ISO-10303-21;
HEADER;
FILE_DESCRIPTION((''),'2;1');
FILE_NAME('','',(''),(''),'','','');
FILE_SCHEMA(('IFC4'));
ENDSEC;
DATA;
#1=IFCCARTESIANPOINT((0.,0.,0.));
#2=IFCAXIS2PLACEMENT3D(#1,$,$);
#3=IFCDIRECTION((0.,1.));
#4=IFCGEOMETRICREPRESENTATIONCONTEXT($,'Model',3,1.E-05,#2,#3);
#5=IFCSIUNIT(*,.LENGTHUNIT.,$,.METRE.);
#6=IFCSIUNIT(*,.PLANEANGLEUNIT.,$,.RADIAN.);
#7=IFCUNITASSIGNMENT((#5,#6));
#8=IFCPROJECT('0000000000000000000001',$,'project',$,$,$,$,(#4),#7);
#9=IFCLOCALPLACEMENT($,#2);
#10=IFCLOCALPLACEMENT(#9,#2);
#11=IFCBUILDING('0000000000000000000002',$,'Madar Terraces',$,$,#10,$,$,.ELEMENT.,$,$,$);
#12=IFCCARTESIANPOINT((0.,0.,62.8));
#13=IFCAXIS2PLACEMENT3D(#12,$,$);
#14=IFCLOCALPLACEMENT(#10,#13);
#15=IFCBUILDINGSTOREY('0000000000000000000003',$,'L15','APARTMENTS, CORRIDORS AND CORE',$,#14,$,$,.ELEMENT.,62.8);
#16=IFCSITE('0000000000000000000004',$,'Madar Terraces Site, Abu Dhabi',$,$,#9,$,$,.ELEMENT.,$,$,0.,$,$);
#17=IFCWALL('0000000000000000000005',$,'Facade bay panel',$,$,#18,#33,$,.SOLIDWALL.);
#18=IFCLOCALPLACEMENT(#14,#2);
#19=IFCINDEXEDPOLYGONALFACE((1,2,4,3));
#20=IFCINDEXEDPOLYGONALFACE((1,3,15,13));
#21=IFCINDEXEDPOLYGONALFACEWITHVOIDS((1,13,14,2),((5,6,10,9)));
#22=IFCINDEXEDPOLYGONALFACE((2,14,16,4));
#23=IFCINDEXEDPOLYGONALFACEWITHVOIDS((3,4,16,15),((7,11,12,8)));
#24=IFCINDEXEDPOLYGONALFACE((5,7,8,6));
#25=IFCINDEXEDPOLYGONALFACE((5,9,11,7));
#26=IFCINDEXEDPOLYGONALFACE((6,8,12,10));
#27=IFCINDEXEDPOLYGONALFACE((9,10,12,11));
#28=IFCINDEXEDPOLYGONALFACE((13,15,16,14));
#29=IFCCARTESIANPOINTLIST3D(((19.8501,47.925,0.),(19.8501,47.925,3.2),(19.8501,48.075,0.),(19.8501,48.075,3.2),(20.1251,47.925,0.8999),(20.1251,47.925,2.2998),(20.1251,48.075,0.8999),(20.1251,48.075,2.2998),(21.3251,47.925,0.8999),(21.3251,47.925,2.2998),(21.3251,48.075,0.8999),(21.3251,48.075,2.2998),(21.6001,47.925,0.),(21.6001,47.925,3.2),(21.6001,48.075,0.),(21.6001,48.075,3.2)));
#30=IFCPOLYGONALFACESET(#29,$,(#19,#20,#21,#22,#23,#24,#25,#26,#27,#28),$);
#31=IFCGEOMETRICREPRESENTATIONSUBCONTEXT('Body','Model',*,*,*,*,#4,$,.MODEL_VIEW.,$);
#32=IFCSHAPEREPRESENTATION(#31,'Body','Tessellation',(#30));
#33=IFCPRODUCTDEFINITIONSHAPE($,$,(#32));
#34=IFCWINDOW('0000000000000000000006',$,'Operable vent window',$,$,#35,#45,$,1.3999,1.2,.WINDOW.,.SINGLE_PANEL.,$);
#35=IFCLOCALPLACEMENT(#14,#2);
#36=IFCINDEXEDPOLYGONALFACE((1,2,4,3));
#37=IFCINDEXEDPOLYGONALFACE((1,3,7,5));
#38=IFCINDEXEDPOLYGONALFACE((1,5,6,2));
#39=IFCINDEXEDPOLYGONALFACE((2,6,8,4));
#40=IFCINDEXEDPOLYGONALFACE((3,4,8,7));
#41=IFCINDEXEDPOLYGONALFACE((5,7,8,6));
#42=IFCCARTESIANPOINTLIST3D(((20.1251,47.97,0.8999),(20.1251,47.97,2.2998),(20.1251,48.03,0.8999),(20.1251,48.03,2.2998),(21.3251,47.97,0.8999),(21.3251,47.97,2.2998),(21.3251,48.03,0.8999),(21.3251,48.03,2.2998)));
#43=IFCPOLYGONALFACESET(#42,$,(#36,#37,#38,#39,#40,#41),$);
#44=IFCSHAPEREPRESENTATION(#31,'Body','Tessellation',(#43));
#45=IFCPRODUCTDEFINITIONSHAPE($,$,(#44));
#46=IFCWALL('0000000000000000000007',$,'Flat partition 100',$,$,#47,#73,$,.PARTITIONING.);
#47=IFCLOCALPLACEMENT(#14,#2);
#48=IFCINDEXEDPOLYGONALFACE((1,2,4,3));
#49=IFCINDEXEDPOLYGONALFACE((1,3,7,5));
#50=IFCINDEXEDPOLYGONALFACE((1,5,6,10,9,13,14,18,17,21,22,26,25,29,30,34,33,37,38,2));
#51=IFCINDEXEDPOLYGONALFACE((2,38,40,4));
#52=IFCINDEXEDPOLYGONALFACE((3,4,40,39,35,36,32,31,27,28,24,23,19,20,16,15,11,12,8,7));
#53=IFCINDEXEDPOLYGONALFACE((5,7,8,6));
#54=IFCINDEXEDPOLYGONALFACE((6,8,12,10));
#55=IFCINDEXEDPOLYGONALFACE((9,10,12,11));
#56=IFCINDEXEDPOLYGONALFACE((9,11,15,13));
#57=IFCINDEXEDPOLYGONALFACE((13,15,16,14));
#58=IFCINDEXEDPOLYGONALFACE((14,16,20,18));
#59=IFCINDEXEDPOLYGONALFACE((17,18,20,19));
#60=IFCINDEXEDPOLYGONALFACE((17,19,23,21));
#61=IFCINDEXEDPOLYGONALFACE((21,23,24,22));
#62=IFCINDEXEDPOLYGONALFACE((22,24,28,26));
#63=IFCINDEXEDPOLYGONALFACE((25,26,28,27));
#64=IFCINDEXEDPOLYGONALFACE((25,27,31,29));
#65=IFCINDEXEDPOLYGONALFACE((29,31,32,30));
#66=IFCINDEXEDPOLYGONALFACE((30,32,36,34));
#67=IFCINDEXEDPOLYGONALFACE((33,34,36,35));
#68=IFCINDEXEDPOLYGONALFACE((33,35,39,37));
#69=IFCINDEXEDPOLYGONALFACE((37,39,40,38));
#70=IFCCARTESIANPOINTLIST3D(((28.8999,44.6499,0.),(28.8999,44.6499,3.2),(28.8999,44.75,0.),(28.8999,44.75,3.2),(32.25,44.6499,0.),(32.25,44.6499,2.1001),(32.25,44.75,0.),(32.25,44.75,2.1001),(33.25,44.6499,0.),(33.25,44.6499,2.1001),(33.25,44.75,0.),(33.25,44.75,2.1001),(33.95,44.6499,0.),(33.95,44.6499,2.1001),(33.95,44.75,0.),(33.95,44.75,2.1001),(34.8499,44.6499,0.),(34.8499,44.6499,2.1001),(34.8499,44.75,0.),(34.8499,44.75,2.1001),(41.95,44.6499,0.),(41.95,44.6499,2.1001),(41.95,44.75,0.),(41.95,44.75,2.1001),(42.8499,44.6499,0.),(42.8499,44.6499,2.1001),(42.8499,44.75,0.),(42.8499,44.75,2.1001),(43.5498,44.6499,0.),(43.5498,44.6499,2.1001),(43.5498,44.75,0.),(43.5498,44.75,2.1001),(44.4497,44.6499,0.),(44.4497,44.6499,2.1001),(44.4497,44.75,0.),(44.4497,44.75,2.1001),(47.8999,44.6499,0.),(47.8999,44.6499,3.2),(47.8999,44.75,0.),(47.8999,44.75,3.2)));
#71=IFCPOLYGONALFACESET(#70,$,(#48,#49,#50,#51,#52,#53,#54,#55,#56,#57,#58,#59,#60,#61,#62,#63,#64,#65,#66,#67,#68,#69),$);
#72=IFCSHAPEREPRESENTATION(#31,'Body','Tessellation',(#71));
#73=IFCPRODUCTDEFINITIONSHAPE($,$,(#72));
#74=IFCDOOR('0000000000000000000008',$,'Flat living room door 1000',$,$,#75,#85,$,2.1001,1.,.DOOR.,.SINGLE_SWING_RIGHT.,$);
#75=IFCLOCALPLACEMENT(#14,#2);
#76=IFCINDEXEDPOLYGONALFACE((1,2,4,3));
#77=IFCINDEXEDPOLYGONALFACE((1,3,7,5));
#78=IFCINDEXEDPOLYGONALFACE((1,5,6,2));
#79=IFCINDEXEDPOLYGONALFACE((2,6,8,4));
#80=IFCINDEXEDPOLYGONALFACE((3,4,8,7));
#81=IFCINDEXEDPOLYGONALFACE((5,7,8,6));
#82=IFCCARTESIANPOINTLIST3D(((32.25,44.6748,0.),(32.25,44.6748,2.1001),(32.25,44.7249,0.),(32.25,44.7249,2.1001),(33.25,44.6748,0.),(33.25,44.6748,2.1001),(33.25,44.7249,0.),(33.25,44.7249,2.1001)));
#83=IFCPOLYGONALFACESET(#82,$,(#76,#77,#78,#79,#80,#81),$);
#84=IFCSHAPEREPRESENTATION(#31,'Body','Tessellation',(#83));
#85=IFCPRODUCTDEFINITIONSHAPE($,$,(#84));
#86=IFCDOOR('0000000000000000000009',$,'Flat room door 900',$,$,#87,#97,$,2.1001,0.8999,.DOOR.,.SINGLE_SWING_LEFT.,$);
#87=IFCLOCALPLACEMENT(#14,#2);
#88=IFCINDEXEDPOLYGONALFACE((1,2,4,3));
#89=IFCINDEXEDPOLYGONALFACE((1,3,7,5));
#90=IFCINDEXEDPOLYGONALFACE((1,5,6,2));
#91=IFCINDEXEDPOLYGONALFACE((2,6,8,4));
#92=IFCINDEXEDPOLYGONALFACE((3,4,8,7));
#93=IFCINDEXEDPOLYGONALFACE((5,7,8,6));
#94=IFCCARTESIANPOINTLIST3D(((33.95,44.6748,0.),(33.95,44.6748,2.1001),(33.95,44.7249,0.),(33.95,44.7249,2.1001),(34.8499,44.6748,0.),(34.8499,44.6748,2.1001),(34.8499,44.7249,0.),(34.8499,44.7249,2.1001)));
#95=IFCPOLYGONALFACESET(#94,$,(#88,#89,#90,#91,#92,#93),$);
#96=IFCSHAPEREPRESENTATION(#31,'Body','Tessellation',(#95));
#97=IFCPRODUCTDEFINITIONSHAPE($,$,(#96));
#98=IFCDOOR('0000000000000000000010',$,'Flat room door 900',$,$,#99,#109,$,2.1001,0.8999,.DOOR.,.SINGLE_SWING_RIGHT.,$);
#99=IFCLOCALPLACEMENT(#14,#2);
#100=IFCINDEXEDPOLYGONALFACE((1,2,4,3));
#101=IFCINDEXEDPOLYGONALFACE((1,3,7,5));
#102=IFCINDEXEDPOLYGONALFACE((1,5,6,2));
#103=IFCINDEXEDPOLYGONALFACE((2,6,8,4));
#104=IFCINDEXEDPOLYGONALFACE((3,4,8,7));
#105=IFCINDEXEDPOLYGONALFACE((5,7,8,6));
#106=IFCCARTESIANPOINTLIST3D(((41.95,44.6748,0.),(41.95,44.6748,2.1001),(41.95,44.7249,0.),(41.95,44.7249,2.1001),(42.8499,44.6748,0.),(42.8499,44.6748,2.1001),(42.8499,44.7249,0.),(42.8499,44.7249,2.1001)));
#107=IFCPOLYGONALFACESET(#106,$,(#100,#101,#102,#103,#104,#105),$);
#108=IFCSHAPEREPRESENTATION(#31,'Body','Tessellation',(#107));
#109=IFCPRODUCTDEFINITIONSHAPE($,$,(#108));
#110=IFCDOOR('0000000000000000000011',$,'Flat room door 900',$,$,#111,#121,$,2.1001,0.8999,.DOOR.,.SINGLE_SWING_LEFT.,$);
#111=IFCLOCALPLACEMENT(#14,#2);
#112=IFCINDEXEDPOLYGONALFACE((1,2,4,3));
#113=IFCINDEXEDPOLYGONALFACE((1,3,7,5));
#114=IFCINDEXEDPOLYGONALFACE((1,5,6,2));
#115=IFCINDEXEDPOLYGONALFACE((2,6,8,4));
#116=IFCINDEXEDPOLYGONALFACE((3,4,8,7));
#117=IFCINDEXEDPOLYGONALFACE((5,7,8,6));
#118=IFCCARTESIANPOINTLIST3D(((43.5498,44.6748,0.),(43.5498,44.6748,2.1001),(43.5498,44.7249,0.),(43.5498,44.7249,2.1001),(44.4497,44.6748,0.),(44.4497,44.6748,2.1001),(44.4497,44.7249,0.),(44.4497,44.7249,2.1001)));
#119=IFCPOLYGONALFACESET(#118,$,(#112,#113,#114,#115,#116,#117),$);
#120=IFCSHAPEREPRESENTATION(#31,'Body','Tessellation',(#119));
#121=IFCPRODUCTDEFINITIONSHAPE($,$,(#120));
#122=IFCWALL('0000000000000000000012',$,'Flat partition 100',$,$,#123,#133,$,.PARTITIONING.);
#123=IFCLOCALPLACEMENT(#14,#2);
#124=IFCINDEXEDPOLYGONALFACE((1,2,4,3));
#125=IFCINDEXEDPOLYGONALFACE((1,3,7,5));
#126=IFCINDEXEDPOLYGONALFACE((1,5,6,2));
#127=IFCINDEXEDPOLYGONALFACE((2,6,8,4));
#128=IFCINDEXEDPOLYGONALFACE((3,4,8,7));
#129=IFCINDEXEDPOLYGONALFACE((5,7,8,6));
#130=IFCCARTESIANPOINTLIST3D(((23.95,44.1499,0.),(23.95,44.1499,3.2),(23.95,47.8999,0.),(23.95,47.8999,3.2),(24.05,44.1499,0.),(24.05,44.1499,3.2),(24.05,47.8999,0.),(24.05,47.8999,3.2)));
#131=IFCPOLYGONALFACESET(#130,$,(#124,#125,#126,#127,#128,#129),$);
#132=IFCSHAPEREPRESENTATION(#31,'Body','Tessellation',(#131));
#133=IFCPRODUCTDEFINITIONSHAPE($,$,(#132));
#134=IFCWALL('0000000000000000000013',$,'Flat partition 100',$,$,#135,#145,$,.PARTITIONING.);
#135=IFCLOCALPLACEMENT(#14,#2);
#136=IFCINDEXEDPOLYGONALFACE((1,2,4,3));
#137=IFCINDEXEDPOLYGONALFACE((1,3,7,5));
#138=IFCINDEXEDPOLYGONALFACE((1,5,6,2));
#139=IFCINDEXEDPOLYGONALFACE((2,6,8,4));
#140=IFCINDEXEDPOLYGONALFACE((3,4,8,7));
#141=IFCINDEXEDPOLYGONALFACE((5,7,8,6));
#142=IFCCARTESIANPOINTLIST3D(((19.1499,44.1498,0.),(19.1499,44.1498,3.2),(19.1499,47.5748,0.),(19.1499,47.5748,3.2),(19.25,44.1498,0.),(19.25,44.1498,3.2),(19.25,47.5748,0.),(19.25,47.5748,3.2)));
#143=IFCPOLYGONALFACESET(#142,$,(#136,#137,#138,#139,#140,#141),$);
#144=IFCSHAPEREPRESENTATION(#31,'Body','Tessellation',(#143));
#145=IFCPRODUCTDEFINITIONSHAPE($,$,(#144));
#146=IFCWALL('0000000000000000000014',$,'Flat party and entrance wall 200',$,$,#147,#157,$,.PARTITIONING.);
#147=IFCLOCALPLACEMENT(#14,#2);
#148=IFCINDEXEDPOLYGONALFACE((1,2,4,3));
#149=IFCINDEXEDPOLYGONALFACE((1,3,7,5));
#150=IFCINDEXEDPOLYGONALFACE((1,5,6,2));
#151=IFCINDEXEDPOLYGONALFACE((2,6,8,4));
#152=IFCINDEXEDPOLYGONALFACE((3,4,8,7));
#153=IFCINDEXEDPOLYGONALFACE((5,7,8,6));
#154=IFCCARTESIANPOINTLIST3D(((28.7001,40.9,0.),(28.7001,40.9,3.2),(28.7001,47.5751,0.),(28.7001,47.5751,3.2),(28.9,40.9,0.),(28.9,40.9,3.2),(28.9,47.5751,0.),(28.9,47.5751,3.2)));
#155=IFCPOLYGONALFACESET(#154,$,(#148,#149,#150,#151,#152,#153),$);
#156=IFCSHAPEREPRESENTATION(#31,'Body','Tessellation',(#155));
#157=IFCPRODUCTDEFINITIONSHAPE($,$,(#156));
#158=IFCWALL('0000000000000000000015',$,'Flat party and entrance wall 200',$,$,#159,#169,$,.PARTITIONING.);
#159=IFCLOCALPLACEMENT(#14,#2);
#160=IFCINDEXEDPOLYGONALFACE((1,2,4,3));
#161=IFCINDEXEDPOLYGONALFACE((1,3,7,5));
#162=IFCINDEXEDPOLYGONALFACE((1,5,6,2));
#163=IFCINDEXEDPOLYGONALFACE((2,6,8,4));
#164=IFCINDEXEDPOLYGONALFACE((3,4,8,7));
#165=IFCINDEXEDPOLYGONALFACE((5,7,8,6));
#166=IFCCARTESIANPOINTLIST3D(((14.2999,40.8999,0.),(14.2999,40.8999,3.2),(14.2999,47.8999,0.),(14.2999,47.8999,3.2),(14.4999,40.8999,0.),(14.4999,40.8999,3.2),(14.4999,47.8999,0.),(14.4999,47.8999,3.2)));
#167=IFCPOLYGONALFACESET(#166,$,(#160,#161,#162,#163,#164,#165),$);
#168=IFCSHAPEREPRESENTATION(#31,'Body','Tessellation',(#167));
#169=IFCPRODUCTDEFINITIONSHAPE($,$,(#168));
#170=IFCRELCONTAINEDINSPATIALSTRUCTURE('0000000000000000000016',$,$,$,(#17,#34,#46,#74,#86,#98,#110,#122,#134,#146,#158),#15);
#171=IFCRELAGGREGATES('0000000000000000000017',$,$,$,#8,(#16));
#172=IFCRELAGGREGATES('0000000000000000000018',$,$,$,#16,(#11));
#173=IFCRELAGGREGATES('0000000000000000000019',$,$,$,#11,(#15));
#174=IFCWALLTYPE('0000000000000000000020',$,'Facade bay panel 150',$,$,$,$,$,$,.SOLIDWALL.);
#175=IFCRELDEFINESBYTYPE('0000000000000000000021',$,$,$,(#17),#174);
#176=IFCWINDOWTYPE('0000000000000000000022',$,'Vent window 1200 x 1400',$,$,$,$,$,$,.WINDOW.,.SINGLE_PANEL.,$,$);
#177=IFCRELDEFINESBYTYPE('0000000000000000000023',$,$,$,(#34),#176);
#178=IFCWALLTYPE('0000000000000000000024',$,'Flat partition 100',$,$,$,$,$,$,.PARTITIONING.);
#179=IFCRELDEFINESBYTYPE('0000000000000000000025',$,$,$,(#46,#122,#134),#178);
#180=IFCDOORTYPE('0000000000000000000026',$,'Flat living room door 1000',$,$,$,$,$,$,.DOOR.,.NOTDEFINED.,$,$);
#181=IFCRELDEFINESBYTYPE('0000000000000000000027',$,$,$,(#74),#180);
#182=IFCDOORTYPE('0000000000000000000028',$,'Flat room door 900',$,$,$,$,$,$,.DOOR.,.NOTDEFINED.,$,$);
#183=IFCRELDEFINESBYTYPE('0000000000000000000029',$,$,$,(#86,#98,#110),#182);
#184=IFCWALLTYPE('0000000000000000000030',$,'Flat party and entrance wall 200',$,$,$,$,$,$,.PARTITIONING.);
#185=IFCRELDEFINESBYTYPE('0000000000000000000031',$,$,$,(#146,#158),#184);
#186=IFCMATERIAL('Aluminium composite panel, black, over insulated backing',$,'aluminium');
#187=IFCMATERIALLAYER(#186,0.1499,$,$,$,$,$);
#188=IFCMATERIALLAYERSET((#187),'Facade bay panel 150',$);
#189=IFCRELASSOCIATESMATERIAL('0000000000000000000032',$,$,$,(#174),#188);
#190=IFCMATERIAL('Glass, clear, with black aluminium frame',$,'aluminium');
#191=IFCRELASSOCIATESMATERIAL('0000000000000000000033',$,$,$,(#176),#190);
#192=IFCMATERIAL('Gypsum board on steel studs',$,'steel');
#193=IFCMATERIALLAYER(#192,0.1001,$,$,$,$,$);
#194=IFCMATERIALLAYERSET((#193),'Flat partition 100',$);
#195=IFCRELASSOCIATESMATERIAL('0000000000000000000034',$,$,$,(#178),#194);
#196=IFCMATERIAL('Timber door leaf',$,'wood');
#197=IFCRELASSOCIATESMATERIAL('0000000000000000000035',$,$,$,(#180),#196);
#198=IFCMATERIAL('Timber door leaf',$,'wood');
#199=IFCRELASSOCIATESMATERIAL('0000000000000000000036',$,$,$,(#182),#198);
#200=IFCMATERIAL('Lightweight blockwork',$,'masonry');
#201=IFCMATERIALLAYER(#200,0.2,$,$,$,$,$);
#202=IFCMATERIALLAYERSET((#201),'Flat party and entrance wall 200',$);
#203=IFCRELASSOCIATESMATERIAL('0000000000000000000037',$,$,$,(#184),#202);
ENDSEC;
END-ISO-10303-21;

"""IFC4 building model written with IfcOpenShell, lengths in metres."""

from ifc_helpers import new_model, si_unit, direction, frame, frame_2d, origin, place, context, subcontext, project, spatial, rectangle, extrude, material, layer, layer_set, type_object, element, fill, save


model = new_model("IFC4")

# Units and contexts
model_context = context("Model", 3, precision=1e-05, world=origin(), true_north=direction((0.0, 1.0)))
body_context = subcontext(model_context, "Body", "Model", "MODEL_VIEW")
ifc_project = project(units=[si_unit("LENGTHUNIT", "METRE"), si_unit("PLANEANGLEUNIT", "RADIAN")], contexts=[model_context])

# Site, building, storey
site_placement = place(None, origin())
site = spatial("IfcSite", under=ifc_project, at=site_placement, Name="Madar Terraces Site, Abu Dhabi", CompositionType="ELEMENT", RefElevation=0.0)
building_placement = place(site_placement, origin())
building = spatial("IfcBuilding", under=site, at=building_placement, Name="Madar Terraces", CompositionType="ELEMENT")
storey_placement = place(building_placement, frame((0.0, 0.0, 62.8)))
storey = spatial("IfcBuildingStorey", under=building, at=storey_placement, Name="L15", Description="APARTMENTS, CORRIDORS AND CORE", CompositionType="ELEMENT", Elevation=62.8)

# Wall, opening, window
ifc_material_1 = material(Name="Aluminium composite panel, black, over insulated backing", Category="aluminium")
ifc_layer_1 = layer(ifc_material_1, 0.1499)
ifc_layer_set_1 = layer_set([ifc_layer_1], Name="Facade bay panel 150")
wall_type_1 = type_object("IfcWallType", Name="Facade bay panel 150", PredefinedType="SOLIDWALL", material=ifc_layer_set_1)
ifc_material_2 = material(Name="Glass, clear, with black aluminium frame", Category="aluminium")
window_type = type_object("IfcWindowType", Name="Vent window 1200 x 1400", PartitioningType="SINGLE_PANEL", PredefinedType="WINDOW", material=ifc_material_2)
wall_1_placement = place(storey_placement, frame((21.6001, 48.0, 0.0), z_axis=(0.0, 0.0, 1.0), x_axis=(-1.0, 0.0, 0.0)))
wall_1 = element("IfcWall", 1, at=wall_1_placement, inside=storey, type_object=wall_type_1, Name="Facade bay panel", PredefinedType="SOLIDWALL", context=body_context, shape_type="SweptSolid", body=[
    extrude(rectangle(XDim=1.75, YDim=0.1499, at=frame_2d((0.875, 0.0))), origin(), (0.0, 0.0, 1.0), 3.2),
])
opening_1_placement = place(wall_1_placement, frame((0.2749, 0.0, 0.8999)))
opening_1 = element("IfcOpeningElement", 2, at=opening_1_placement, cuts=wall_1, PredefinedType="OPENING", context=body_context, shape_type="SweptSolid", body=[
    extrude(rectangle(XDim=1.2, YDim=1.3999, at=frame_2d((0.6001, 0.7))), frame((0.0, 0.085, 0.0), z_axis=(0.0, -1.0, 0.0), x_axis=(1.0, 0.0, 0.0)), (0.0, 0.0, 1.0), 0.1699),
])
window_1_placement = place(opening_1_placement, origin())
window_1 = element("IfcWindow", 3, at=window_1_placement, inside=storey, type_object=window_type, Name="Operable vent window", OverallHeight=1.3999, OverallWidth=1.2, PartitioningType="SINGLE_PANEL", PredefinedType="WINDOW", context=body_context, shape_type="SweptSolid", body=[
    extrude(rectangle(XDim=1.2, YDim=1.3999, at=frame_2d((0.6001, 0.7))), frame((0.0, 0.03, 0.0), z_axis=(0.0, -1.0, 0.0), x_axis=(1.0, 0.0, 0.0)), (0.0, 0.0, 1.0), 0.0601),
])
fill(opening_1, window_1)

# Wall, openings, doors
ifc_material_3 = material(Name="Gypsum board on steel studs", Category="steel")
ifc_layer_2 = layer(ifc_material_3, 0.1001)
ifc_layer_set_2 = layer_set([ifc_layer_2], Name="Flat partition 100")
wall_type_2 = type_object("IfcWallType", Name="Flat partition 100", PredefinedType="PARTITIONING", material=ifc_layer_set_2)
wall_2_placement = place(storey_placement, frame((28.8999, 44.7, 0.0), z_axis=(0.0, 0.0, 1.0), x_axis=(1.0, 0.0, 0.0)))
wall_2 = element("IfcWall", 4, at=wall_2_placement, inside=storey, type_object=wall_type_2, Name="Flat partition 100", PredefinedType="PARTITIONING", context=body_context, shape_type="SweptSolid", body=[
    extrude(rectangle(XDim=19.0, YDim=0.1001, at=frame_2d((9.5, 0.0))), origin(), (0.0, 0.0, 1.0), 3.2),
])
opening_2_placement = place(wall_2_placement, frame((3.3501, 0.0, 0.0)))
opening_2 = element("IfcOpeningElement", 5, at=opening_2_placement, cuts=wall_2, PredefinedType="OPENING", context=body_context, shape_type="SweptSolid", body=[
    extrude(rectangle(XDim=1.0, YDim=2.1001, at=frame_2d((0.5, 1.05))), frame((0.0, 0.0601, 0.0), z_axis=(0.0, -1.0, 0.0), x_axis=(1.0, 0.0, 0.0)), (0.0, 0.0, 1.0), 0.1201),
])
opening_3_placement = place(wall_2_placement, frame((5.05, 0.0, 0.0)))
opening_3 = element("IfcOpeningElement", 6, at=opening_3_placement, cuts=wall_2, PredefinedType="OPENING", context=body_context, shape_type="SweptSolid", body=[
    extrude(rectangle(XDim=0.8999, YDim=2.1001, at=frame_2d((0.45, 1.05))), frame((0.0, 0.0601, 0.0), z_axis=(0.0, -1.0, 0.0), x_axis=(1.0, 0.0, 0.0)), (0.0, 0.0, 1.0), 0.1201),
])
opening_4_placement = place(wall_2_placement, frame((13.05, 0.0, 0.0)))
opening_4 = element("IfcOpeningElement", 7, at=opening_4_placement, cuts=wall_2, PredefinedType="OPENING", context=body_context, shape_type="SweptSolid", body=[
    extrude(rectangle(XDim=0.8999, YDim=2.1001, at=frame_2d((0.45, 1.05))), frame((0.0, 0.0601, 0.0), z_axis=(0.0, -1.0, 0.0), x_axis=(1.0, 0.0, 0.0)), (0.0, 0.0, 1.0), 0.1201),
])
opening_5_placement = place(wall_2_placement, frame((14.6499, 0.0, 0.0)))
opening_5 = element("IfcOpeningElement", 8, at=opening_5_placement, cuts=wall_2, PredefinedType="OPENING", context=body_context, shape_type="SweptSolid", body=[
    extrude(rectangle(XDim=0.8999, YDim=2.1001, at=frame_2d((0.45, 1.05))), frame((0.0, 0.0601, 0.0), z_axis=(0.0, -1.0, 0.0), x_axis=(1.0, 0.0, 0.0)), (0.0, 0.0, 1.0), 0.1201),
])
ifc_material_4 = material(Name="Timber door leaf", Category="wood")
door_type_1 = type_object("IfcDoorType", Name="Flat living room door 1000", OperationType="NOTDEFINED", PredefinedType="DOOR", material=ifc_material_4)
door_1_placement = place(opening_2_placement, origin())
door_1 = element("IfcDoor", 9, at=door_1_placement, inside=storey, type_object=door_type_1, Name="Flat living room door 1000", OperationType="SINGLE_SWING_RIGHT", OverallHeight=2.1001, OverallWidth=1.0, PredefinedType="DOOR", context=body_context, shape_type="SweptSolid", body=[
    extrude(rectangle(XDim=1.0, YDim=2.1001, at=frame_2d((0.5, 1.05))), frame((0.0, 0.0249, 0.0), z_axis=(0.0, -1.0, 0.0), x_axis=(1.0, 0.0, 0.0)), (0.0, 0.0, 1.0), 0.05),
])
fill(opening_2, door_1)
ifc_material_5 = material(Name="Timber door leaf", Category="wood")
door_type_2 = type_object("IfcDoorType", Name="Flat room door 900", OperationType="NOTDEFINED", PredefinedType="DOOR", material=ifc_material_5)
door_2_placement = place(opening_3_placement, origin())
door_2 = element("IfcDoor", 10, at=door_2_placement, inside=storey, type_object=door_type_2, Name="Flat room door 900", OperationType="SINGLE_SWING_LEFT", OverallHeight=2.1001, OverallWidth=0.8999, PredefinedType="DOOR", context=body_context, shape_type="SweptSolid", body=[
    extrude(rectangle(XDim=0.8999, YDim=2.1001, at=frame_2d((0.45, 1.05))), frame((0.0, 0.0249, 0.0), z_axis=(0.0, -1.0, 0.0), x_axis=(1.0, 0.0, 0.0)), (0.0, 0.0, 1.0), 0.05),
])
fill(opening_3, door_2)
door_3_placement = place(opening_4_placement, origin())
door_3 = element("IfcDoor", 11, at=door_3_placement, inside=storey, type_object=door_type_2, Name="Flat room door 900", OperationType="SINGLE_SWING_RIGHT", OverallHeight=2.1001, OverallWidth=0.8999, PredefinedType="DOOR", context=body_context, shape_type="SweptSolid", body=[
    extrude(rectangle(XDim=0.8999, YDim=2.1001, at=frame_2d((0.45, 1.05))), frame((0.0, 0.0249, 0.0), z_axis=(0.0, -1.0, 0.0), x_axis=(1.0, 0.0, 0.0)), (0.0, 0.0, 1.0), 0.05),
])
fill(opening_4, door_3)
door_4_placement = place(opening_5_placement, origin())
door_4 = element("IfcDoor", 12, at=door_4_placement, inside=storey, type_object=door_type_2, Name="Flat room door 900", OperationType="SINGLE_SWING_LEFT", OverallHeight=2.1001, OverallWidth=0.8999, PredefinedType="DOOR", context=body_context, shape_type="SweptSolid", body=[
    extrude(rectangle(XDim=0.8999, YDim=2.1001, at=frame_2d((0.45, 1.05))), frame((0.0, 0.0249, 0.0), z_axis=(0.0, -1.0, 0.0), x_axis=(1.0, 0.0, 0.0)), (0.0, 0.0, 1.0), 0.05),
])
fill(opening_5, door_4)

# Walls
wall_3_placement = place(storey_placement, frame((24.0, 44.1499, 0.0), z_axis=(0.0, 0.0, 1.0), x_axis=(0.0, 1.0, 0.0)))
element("IfcWall", 13, at=wall_3_placement, inside=storey, type_object=wall_type_2, Name="Flat partition 100", PredefinedType="PARTITIONING", context=body_context, shape_type="SweptSolid", body=[
    extrude(rectangle(XDim=3.75, YDim=0.1001, at=frame_2d((1.875, 0.0))), origin(), (0.0, 0.0, 1.0), 3.2),
])
wall_4_placement = place(storey_placement, frame((19.2, 44.1499, 0.0), z_axis=(0.0, 0.0, 1.0), x_axis=(0.0, 1.0, 0.0)))
element("IfcWall", 14, at=wall_4_placement, inside=storey, type_object=wall_type_2, Name="Flat partition 100", PredefinedType="PARTITIONING", context=body_context, shape_type="SweptSolid", body=[
    extrude(rectangle(XDim=3.425, YDim=0.1001, at=frame_2d((1.7124, 0.0))), origin(), (0.0, 0.0, 1.0), 3.2),
])
ifc_material_6 = material(Name="Lightweight blockwork", Category="masonry")
ifc_layer_3 = layer(ifc_material_6, 0.2)
ifc_layer_set_3 = layer_set([ifc_layer_3], Name="Flat party and entrance wall 200")
wall_type_3 = type_object("IfcWallType", Name="Flat party and entrance wall 200", PredefinedType="PARTITIONING", material=ifc_layer_set_3)
wall_5_placement = place(storey_placement, frame((28.8, 47.575, 0.0), z_axis=(0.0, 0.0, 1.0), x_axis=(0.0, -1.0, 0.0)))
element("IfcWall", 15, at=wall_5_placement, inside=storey, type_object=wall_type_3, Name="Flat party and entrance wall 200", PredefinedType="PARTITIONING", context=body_context, shape_type="SweptSolid", body=[
    extrude(rectangle(XDim=6.675, YDim=0.2, at=frame_2d((3.3374, 0.0))), origin(), (0.0, 0.0, 1.0), 3.2),
])
wall_6_placement = place(storey_placement, frame((14.3999, 47.8999, 0.0), z_axis=(0.0, 0.0, 1.0), x_axis=(0.0, -1.0, 0.0)))
element("IfcWall", 16, at=wall_6_placement, inside=storey, type_object=wall_type_3, Name="Flat party and entrance wall 200", PredefinedType="PARTITIONING", context=body_context, shape_type="SweptSolid", body=[
    extrude(rectangle(XDim=7.0, YDim=0.2, at=frame_2d((3.5, 0.0))), origin(), (0.0, 0.0, 1.0), 3.2),
])

save(model, "model.ifc")
